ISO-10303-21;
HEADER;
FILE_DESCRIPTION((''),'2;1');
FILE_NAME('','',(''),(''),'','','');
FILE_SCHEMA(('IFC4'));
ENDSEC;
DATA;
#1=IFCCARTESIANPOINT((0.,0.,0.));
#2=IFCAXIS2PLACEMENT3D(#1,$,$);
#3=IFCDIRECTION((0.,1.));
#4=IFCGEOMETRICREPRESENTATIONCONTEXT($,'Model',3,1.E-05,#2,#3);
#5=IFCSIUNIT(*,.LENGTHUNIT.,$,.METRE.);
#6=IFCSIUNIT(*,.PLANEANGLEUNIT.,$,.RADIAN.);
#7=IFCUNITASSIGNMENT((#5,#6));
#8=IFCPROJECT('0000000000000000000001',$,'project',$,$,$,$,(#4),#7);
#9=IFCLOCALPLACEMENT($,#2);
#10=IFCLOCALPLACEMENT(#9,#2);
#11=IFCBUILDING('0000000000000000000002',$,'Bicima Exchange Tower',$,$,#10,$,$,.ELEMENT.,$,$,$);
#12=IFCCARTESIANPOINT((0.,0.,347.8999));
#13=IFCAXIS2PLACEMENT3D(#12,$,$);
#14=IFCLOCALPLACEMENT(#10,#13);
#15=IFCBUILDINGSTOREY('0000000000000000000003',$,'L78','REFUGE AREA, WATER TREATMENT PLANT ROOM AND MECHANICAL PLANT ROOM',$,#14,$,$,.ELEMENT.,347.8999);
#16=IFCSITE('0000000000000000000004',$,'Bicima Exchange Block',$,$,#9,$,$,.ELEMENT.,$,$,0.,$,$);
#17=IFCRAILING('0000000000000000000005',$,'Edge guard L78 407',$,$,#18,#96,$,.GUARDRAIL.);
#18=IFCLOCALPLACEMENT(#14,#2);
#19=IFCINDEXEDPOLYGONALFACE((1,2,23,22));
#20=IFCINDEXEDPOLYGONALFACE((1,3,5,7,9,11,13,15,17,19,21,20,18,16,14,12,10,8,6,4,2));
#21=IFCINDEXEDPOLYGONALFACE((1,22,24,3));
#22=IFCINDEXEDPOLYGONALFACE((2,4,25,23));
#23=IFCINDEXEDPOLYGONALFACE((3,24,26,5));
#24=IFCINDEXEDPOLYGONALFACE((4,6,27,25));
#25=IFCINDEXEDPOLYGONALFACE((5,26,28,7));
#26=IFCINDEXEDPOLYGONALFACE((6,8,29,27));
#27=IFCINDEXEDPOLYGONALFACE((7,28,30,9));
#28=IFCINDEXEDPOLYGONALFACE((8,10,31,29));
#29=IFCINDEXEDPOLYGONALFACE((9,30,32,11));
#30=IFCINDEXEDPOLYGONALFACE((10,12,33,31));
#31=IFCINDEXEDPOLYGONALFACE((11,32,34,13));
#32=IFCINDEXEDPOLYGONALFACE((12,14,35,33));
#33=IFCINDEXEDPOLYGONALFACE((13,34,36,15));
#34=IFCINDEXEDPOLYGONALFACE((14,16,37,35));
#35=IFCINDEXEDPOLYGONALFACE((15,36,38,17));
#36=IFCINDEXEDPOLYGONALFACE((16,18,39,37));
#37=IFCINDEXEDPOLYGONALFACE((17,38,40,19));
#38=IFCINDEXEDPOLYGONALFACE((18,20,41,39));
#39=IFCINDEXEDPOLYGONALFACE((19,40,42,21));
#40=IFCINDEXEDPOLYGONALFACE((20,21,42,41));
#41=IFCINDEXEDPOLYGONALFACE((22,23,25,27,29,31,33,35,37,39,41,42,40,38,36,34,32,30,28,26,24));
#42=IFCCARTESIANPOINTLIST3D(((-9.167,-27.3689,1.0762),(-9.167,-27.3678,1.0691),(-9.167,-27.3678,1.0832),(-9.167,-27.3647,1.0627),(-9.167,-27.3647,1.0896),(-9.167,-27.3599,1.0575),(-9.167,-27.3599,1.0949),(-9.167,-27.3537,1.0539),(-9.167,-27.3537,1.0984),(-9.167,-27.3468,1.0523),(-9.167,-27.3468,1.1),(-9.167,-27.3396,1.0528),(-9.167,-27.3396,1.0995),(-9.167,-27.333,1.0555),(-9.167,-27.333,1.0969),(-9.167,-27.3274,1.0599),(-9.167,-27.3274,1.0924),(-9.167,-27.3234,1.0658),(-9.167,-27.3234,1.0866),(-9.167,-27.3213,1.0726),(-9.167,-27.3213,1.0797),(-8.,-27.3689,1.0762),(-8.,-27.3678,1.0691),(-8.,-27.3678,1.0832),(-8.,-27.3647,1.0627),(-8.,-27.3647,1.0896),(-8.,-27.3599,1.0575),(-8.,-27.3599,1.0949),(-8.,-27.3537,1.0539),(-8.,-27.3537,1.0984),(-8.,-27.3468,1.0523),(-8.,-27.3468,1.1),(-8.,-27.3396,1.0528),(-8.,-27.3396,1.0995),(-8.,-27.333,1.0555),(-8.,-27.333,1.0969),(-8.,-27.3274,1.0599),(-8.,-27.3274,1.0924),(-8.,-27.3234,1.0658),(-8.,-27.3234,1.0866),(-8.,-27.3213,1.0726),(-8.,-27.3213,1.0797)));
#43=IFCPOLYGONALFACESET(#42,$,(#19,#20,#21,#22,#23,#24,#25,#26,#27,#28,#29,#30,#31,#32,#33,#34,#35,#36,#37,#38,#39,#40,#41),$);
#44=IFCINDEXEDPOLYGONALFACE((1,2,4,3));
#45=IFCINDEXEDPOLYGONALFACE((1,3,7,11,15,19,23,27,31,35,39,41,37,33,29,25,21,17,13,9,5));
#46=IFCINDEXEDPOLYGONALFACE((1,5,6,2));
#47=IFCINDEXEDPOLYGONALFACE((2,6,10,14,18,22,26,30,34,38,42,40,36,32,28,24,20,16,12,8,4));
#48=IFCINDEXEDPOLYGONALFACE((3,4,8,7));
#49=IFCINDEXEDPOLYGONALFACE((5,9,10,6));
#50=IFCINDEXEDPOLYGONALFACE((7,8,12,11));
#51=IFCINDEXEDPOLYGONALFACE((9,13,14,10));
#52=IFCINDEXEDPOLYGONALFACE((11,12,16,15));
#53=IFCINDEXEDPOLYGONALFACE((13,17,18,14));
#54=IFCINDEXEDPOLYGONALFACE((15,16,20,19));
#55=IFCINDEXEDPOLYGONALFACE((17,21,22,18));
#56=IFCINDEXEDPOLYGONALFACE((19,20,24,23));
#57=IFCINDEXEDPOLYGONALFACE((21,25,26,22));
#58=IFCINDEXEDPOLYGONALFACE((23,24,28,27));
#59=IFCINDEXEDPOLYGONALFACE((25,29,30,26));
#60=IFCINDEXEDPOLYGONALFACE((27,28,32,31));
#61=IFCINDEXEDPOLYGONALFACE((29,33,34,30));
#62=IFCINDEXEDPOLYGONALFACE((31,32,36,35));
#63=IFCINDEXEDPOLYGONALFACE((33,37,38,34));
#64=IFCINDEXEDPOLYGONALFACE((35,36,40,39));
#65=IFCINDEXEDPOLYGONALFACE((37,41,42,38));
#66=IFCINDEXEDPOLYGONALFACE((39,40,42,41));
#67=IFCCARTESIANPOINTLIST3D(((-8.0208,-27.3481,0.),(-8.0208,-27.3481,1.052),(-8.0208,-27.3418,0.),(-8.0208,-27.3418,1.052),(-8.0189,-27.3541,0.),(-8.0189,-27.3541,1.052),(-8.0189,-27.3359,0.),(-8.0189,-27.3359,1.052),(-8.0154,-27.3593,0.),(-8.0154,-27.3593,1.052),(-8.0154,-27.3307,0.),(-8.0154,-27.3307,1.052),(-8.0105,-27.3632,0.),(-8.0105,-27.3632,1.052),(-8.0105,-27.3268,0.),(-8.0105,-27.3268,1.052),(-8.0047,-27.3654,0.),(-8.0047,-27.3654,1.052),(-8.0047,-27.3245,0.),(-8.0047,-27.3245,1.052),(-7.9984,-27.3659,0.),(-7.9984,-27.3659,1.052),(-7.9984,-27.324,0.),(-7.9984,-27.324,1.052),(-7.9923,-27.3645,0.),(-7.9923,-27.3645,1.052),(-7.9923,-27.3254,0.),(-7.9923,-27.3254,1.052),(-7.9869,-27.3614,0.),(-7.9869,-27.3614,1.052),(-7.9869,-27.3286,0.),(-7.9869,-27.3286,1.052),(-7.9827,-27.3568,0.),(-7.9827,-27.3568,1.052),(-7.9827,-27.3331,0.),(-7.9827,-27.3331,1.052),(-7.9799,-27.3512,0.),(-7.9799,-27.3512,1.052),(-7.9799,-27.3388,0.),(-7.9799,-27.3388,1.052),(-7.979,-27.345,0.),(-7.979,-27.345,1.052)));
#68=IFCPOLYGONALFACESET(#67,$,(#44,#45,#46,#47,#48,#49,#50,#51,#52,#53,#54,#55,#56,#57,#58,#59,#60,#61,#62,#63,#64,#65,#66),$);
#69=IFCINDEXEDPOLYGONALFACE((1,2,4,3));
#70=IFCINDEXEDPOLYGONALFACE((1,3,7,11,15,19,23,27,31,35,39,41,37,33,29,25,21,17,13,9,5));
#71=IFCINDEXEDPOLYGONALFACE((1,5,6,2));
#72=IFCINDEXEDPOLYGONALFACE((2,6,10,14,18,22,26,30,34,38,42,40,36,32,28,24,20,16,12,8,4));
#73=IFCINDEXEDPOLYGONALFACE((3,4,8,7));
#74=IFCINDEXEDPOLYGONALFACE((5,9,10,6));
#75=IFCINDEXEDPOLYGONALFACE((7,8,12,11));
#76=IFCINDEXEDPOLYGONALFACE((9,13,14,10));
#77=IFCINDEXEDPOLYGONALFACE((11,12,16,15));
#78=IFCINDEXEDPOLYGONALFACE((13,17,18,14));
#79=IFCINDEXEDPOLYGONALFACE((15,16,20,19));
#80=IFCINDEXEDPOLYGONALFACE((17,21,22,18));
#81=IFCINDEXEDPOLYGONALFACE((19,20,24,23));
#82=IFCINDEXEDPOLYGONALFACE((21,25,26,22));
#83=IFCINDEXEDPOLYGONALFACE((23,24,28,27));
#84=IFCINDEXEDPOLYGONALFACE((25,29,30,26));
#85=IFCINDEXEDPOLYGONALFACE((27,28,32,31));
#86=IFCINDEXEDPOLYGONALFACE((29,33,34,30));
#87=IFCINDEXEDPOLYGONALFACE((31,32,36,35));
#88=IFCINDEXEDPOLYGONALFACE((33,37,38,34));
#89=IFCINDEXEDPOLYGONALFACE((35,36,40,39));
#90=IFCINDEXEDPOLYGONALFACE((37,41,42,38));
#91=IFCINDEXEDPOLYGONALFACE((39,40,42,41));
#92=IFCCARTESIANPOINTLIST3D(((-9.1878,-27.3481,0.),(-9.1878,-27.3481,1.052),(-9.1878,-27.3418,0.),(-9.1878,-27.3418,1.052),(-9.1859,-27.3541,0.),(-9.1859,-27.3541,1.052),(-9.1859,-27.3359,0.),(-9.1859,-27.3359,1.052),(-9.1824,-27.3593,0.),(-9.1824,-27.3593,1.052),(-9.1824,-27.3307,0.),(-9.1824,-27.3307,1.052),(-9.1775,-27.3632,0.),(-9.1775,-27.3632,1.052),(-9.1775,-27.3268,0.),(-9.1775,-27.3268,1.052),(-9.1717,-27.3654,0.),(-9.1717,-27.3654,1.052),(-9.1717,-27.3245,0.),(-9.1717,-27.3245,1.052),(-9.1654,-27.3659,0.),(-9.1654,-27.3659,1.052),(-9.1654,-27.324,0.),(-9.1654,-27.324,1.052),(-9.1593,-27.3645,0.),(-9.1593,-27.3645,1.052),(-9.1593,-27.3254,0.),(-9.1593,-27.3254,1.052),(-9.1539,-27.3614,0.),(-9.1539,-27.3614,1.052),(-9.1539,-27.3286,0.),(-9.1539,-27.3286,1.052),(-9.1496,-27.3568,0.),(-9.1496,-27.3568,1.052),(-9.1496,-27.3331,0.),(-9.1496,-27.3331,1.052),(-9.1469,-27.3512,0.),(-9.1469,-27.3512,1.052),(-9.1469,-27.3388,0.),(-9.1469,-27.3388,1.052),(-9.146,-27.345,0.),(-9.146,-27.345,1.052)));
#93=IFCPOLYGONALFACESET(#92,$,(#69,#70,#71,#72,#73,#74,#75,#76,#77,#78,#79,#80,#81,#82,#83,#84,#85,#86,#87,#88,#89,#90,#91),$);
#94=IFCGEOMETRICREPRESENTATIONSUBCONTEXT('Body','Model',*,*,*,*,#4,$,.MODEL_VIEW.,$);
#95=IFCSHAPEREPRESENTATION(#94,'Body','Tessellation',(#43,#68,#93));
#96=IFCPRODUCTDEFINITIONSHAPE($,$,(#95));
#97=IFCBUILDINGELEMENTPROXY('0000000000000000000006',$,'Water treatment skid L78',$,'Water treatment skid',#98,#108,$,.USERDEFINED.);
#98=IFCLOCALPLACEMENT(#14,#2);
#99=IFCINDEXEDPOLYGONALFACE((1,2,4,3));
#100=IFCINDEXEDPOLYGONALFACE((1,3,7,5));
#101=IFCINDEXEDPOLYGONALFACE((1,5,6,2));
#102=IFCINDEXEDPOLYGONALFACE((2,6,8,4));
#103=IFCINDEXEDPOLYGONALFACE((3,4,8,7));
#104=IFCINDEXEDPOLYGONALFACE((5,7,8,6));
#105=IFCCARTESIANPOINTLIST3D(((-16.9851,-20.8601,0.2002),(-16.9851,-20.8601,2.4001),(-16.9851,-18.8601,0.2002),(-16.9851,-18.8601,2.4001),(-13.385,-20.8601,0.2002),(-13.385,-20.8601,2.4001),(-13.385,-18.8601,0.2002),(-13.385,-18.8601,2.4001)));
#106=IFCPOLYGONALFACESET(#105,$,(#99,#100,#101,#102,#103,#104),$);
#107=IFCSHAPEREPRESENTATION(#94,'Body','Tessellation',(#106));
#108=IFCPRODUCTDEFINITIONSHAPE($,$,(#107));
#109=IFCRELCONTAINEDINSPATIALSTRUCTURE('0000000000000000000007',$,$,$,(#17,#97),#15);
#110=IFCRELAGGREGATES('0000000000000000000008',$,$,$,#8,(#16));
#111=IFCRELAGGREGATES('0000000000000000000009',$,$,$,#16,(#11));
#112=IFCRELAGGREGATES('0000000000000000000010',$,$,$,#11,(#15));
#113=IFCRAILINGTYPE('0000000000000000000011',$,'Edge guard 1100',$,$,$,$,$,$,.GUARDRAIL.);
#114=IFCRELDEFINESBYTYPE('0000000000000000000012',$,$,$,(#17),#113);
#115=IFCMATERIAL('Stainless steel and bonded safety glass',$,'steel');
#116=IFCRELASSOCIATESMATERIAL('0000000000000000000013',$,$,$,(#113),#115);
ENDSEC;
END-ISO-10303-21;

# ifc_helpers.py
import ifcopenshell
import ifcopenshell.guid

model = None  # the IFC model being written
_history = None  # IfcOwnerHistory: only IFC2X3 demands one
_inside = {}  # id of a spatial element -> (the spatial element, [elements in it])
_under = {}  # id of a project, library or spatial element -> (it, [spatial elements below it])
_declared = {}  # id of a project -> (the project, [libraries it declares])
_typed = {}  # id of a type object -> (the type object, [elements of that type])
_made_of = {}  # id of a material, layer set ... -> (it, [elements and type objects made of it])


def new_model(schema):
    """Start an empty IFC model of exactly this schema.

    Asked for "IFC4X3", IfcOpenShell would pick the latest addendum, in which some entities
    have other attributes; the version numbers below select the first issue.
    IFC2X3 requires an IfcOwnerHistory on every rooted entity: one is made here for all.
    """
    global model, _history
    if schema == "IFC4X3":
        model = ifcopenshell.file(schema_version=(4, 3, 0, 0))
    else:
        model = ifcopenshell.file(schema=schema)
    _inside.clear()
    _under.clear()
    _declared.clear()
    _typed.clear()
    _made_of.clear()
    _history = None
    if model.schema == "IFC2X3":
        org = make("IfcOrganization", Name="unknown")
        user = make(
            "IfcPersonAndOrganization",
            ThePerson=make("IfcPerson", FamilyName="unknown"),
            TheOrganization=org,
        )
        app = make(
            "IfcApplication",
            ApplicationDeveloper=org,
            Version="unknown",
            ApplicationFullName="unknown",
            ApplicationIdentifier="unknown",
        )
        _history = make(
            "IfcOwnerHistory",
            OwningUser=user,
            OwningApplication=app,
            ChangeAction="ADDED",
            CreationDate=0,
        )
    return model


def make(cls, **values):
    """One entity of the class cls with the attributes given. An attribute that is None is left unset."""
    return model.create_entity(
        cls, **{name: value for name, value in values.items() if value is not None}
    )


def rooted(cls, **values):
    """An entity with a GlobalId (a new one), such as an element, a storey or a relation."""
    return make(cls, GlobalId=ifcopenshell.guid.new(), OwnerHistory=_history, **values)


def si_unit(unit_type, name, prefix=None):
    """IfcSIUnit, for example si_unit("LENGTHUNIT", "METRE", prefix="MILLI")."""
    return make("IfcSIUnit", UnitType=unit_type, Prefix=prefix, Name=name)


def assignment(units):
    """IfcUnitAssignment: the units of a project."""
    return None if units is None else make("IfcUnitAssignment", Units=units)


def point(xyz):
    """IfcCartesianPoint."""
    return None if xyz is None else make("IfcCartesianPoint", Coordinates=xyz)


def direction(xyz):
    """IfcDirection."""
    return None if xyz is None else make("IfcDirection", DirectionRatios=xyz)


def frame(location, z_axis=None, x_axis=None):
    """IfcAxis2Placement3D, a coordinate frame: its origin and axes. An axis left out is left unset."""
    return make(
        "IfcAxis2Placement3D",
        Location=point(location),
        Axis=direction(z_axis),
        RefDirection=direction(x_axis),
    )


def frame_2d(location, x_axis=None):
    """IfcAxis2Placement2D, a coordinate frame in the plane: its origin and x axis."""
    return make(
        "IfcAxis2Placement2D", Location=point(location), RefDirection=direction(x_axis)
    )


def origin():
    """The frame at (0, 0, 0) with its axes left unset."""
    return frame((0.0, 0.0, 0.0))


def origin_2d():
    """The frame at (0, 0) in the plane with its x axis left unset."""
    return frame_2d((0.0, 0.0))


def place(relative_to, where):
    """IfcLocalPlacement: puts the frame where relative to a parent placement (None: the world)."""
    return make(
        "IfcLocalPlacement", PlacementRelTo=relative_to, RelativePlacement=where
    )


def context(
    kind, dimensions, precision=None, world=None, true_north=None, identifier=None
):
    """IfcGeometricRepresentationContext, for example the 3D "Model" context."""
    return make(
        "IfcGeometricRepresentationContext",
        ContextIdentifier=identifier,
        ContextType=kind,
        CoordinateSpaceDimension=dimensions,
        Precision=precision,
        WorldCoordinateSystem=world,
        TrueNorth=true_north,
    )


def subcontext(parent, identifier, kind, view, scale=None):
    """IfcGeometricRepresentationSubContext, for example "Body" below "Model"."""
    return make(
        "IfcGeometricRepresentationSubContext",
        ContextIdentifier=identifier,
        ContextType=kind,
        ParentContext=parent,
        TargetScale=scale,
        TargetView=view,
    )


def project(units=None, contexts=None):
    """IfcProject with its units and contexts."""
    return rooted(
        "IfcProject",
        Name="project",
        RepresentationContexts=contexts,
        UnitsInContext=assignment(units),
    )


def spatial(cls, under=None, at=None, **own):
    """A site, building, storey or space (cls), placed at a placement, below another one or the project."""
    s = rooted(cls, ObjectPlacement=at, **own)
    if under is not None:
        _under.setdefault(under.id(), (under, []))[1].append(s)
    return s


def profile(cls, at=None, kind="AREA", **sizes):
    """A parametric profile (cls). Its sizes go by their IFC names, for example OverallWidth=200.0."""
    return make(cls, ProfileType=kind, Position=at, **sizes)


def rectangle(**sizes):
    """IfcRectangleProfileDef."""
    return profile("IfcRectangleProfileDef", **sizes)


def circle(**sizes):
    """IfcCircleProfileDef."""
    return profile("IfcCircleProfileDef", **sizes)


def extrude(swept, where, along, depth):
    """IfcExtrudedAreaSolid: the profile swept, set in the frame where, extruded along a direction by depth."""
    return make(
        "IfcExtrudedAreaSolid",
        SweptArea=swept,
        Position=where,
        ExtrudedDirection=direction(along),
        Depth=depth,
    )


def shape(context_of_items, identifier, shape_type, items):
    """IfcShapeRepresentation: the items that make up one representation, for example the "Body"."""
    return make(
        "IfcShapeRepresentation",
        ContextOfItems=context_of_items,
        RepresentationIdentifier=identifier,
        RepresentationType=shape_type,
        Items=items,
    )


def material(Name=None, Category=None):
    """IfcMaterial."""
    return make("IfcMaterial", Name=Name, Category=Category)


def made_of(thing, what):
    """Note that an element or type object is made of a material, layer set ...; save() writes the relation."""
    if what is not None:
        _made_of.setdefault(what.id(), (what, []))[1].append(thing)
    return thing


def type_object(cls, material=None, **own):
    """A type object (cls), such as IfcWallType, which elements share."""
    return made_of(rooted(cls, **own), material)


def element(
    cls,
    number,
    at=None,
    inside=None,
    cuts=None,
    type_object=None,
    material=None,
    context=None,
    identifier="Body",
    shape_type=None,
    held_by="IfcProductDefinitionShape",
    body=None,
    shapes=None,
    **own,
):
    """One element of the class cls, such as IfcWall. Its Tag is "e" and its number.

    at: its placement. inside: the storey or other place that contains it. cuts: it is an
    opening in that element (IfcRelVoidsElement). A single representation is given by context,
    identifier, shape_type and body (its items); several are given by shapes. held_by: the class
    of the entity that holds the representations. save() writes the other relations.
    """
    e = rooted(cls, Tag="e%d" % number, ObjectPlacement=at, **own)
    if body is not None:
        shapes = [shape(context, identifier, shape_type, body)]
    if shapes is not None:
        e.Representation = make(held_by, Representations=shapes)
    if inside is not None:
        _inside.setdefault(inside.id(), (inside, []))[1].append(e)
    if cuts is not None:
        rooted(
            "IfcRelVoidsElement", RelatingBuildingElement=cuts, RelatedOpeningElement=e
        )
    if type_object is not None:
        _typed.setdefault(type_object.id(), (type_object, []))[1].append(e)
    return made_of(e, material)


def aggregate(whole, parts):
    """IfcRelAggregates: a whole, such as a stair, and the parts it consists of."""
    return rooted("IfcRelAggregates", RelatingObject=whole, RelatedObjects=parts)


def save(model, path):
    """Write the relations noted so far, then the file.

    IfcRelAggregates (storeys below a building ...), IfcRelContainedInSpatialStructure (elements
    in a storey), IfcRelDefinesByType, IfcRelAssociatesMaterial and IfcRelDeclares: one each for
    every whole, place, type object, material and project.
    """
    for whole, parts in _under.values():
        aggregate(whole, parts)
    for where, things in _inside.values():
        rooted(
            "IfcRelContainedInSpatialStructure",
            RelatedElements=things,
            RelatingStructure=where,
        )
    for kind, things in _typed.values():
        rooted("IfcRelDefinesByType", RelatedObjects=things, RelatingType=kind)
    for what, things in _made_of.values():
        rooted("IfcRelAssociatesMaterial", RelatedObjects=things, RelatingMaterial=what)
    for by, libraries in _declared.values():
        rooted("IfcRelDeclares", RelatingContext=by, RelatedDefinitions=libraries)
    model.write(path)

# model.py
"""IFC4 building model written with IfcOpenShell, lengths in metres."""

from ifc_helpers import new_model, si_unit, direction, frame, origin, origin_2d, place, context, subcontext, project, spatial, rectangle, circle, extrude, material, type_object, element, save


model = new_model("IFC4")

# Units and contexts
model_context = context("Model", 3, precision=1e-05, world=origin(), true_north=direction((0.0, 1.0)))
body_context = subcontext(model_context, "Body", "Model", "MODEL_VIEW")
ifc_project = project(units=[si_unit("LENGTHUNIT", "METRE"), si_unit("PLANEANGLEUNIT", "RADIAN")], contexts=[model_context])

# Site, building, storey
site_placement = place(None, origin())
site = spatial("IfcSite", under=ifc_project, at=site_placement, Name="Bicima Exchange Block", CompositionType="ELEMENT", RefElevation=0.0)
building_placement = place(site_placement, origin())
building = spatial("IfcBuilding", under=site, at=building_placement, Name="Bicima Exchange Tower", CompositionType="ELEMENT")
storey_placement = place(building_placement, frame((0.0, 0.0, 347.8999)))
storey = spatial("IfcBuildingStorey", under=building, at=storey_placement, Name="L78", Description="REFUGE AREA, WATER TREATMENT PLANT ROOM AND MECHANICAL PLANT ROOM", CompositionType="ELEMENT", Elevation=347.8999)

# Railing
ifc_material_1 = material(Name="Stainless steel and bonded safety glass", Category="steel")
railing_type = type_object("IfcRailingType", Name="Edge guard 1100", PredefinedType="GUARDRAIL", material=ifc_material_1)
railing_placement = place(storey_placement, frame((-8.0, -27.345, 0.0)))
element("IfcRailing", 1, at=railing_placement, inside=storey, type_object=railing_type, Name="Edge guard L78 407", PredefinedType="GUARDRAIL", context=body_context, shape_type="SweptSolid", body=[
    extrude(circle(Radius=0.0239, at=origin_2d()), frame((0.0, 0.0, 1.0762), z_axis=(-1.0, 0.0, 0.0), x_axis=(0.0, -1.0, 0.0)), (0.0, 0.0, 1.0), 1.167),
    extrude(circle(Radius=0.021, at=origin_2d()), origin(), (0.0, 0.0, 1.0), 1.052),
    extrude(circle(Radius=0.021, at=origin_2d()), frame((-1.167, 0.0, 0.0)), (0.0, 0.0, 1.0), 1.052),
])

# Building element proxy
proxy_placement = place(storey_placement, frame((-15.1851, -19.8601, 0.2002), z_axis=(0.0, 0.0, 1.0), x_axis=(1.0, 0.0, 0.0)))
element("IfcBuildingElementProxy", 2, at=proxy_placement, inside=storey, Name="Water treatment skid L78", ObjectType="Water treatment skid", PredefinedType="USERDEFINED", context=body_context, shape_type="SweptSolid", body=[
    extrude(rectangle(XDim=3.6001, YDim=2.0, at=origin_2d()), origin(), (0.0, 0.0, 1.0), 2.2),
])

save(model, "model.ifc")
